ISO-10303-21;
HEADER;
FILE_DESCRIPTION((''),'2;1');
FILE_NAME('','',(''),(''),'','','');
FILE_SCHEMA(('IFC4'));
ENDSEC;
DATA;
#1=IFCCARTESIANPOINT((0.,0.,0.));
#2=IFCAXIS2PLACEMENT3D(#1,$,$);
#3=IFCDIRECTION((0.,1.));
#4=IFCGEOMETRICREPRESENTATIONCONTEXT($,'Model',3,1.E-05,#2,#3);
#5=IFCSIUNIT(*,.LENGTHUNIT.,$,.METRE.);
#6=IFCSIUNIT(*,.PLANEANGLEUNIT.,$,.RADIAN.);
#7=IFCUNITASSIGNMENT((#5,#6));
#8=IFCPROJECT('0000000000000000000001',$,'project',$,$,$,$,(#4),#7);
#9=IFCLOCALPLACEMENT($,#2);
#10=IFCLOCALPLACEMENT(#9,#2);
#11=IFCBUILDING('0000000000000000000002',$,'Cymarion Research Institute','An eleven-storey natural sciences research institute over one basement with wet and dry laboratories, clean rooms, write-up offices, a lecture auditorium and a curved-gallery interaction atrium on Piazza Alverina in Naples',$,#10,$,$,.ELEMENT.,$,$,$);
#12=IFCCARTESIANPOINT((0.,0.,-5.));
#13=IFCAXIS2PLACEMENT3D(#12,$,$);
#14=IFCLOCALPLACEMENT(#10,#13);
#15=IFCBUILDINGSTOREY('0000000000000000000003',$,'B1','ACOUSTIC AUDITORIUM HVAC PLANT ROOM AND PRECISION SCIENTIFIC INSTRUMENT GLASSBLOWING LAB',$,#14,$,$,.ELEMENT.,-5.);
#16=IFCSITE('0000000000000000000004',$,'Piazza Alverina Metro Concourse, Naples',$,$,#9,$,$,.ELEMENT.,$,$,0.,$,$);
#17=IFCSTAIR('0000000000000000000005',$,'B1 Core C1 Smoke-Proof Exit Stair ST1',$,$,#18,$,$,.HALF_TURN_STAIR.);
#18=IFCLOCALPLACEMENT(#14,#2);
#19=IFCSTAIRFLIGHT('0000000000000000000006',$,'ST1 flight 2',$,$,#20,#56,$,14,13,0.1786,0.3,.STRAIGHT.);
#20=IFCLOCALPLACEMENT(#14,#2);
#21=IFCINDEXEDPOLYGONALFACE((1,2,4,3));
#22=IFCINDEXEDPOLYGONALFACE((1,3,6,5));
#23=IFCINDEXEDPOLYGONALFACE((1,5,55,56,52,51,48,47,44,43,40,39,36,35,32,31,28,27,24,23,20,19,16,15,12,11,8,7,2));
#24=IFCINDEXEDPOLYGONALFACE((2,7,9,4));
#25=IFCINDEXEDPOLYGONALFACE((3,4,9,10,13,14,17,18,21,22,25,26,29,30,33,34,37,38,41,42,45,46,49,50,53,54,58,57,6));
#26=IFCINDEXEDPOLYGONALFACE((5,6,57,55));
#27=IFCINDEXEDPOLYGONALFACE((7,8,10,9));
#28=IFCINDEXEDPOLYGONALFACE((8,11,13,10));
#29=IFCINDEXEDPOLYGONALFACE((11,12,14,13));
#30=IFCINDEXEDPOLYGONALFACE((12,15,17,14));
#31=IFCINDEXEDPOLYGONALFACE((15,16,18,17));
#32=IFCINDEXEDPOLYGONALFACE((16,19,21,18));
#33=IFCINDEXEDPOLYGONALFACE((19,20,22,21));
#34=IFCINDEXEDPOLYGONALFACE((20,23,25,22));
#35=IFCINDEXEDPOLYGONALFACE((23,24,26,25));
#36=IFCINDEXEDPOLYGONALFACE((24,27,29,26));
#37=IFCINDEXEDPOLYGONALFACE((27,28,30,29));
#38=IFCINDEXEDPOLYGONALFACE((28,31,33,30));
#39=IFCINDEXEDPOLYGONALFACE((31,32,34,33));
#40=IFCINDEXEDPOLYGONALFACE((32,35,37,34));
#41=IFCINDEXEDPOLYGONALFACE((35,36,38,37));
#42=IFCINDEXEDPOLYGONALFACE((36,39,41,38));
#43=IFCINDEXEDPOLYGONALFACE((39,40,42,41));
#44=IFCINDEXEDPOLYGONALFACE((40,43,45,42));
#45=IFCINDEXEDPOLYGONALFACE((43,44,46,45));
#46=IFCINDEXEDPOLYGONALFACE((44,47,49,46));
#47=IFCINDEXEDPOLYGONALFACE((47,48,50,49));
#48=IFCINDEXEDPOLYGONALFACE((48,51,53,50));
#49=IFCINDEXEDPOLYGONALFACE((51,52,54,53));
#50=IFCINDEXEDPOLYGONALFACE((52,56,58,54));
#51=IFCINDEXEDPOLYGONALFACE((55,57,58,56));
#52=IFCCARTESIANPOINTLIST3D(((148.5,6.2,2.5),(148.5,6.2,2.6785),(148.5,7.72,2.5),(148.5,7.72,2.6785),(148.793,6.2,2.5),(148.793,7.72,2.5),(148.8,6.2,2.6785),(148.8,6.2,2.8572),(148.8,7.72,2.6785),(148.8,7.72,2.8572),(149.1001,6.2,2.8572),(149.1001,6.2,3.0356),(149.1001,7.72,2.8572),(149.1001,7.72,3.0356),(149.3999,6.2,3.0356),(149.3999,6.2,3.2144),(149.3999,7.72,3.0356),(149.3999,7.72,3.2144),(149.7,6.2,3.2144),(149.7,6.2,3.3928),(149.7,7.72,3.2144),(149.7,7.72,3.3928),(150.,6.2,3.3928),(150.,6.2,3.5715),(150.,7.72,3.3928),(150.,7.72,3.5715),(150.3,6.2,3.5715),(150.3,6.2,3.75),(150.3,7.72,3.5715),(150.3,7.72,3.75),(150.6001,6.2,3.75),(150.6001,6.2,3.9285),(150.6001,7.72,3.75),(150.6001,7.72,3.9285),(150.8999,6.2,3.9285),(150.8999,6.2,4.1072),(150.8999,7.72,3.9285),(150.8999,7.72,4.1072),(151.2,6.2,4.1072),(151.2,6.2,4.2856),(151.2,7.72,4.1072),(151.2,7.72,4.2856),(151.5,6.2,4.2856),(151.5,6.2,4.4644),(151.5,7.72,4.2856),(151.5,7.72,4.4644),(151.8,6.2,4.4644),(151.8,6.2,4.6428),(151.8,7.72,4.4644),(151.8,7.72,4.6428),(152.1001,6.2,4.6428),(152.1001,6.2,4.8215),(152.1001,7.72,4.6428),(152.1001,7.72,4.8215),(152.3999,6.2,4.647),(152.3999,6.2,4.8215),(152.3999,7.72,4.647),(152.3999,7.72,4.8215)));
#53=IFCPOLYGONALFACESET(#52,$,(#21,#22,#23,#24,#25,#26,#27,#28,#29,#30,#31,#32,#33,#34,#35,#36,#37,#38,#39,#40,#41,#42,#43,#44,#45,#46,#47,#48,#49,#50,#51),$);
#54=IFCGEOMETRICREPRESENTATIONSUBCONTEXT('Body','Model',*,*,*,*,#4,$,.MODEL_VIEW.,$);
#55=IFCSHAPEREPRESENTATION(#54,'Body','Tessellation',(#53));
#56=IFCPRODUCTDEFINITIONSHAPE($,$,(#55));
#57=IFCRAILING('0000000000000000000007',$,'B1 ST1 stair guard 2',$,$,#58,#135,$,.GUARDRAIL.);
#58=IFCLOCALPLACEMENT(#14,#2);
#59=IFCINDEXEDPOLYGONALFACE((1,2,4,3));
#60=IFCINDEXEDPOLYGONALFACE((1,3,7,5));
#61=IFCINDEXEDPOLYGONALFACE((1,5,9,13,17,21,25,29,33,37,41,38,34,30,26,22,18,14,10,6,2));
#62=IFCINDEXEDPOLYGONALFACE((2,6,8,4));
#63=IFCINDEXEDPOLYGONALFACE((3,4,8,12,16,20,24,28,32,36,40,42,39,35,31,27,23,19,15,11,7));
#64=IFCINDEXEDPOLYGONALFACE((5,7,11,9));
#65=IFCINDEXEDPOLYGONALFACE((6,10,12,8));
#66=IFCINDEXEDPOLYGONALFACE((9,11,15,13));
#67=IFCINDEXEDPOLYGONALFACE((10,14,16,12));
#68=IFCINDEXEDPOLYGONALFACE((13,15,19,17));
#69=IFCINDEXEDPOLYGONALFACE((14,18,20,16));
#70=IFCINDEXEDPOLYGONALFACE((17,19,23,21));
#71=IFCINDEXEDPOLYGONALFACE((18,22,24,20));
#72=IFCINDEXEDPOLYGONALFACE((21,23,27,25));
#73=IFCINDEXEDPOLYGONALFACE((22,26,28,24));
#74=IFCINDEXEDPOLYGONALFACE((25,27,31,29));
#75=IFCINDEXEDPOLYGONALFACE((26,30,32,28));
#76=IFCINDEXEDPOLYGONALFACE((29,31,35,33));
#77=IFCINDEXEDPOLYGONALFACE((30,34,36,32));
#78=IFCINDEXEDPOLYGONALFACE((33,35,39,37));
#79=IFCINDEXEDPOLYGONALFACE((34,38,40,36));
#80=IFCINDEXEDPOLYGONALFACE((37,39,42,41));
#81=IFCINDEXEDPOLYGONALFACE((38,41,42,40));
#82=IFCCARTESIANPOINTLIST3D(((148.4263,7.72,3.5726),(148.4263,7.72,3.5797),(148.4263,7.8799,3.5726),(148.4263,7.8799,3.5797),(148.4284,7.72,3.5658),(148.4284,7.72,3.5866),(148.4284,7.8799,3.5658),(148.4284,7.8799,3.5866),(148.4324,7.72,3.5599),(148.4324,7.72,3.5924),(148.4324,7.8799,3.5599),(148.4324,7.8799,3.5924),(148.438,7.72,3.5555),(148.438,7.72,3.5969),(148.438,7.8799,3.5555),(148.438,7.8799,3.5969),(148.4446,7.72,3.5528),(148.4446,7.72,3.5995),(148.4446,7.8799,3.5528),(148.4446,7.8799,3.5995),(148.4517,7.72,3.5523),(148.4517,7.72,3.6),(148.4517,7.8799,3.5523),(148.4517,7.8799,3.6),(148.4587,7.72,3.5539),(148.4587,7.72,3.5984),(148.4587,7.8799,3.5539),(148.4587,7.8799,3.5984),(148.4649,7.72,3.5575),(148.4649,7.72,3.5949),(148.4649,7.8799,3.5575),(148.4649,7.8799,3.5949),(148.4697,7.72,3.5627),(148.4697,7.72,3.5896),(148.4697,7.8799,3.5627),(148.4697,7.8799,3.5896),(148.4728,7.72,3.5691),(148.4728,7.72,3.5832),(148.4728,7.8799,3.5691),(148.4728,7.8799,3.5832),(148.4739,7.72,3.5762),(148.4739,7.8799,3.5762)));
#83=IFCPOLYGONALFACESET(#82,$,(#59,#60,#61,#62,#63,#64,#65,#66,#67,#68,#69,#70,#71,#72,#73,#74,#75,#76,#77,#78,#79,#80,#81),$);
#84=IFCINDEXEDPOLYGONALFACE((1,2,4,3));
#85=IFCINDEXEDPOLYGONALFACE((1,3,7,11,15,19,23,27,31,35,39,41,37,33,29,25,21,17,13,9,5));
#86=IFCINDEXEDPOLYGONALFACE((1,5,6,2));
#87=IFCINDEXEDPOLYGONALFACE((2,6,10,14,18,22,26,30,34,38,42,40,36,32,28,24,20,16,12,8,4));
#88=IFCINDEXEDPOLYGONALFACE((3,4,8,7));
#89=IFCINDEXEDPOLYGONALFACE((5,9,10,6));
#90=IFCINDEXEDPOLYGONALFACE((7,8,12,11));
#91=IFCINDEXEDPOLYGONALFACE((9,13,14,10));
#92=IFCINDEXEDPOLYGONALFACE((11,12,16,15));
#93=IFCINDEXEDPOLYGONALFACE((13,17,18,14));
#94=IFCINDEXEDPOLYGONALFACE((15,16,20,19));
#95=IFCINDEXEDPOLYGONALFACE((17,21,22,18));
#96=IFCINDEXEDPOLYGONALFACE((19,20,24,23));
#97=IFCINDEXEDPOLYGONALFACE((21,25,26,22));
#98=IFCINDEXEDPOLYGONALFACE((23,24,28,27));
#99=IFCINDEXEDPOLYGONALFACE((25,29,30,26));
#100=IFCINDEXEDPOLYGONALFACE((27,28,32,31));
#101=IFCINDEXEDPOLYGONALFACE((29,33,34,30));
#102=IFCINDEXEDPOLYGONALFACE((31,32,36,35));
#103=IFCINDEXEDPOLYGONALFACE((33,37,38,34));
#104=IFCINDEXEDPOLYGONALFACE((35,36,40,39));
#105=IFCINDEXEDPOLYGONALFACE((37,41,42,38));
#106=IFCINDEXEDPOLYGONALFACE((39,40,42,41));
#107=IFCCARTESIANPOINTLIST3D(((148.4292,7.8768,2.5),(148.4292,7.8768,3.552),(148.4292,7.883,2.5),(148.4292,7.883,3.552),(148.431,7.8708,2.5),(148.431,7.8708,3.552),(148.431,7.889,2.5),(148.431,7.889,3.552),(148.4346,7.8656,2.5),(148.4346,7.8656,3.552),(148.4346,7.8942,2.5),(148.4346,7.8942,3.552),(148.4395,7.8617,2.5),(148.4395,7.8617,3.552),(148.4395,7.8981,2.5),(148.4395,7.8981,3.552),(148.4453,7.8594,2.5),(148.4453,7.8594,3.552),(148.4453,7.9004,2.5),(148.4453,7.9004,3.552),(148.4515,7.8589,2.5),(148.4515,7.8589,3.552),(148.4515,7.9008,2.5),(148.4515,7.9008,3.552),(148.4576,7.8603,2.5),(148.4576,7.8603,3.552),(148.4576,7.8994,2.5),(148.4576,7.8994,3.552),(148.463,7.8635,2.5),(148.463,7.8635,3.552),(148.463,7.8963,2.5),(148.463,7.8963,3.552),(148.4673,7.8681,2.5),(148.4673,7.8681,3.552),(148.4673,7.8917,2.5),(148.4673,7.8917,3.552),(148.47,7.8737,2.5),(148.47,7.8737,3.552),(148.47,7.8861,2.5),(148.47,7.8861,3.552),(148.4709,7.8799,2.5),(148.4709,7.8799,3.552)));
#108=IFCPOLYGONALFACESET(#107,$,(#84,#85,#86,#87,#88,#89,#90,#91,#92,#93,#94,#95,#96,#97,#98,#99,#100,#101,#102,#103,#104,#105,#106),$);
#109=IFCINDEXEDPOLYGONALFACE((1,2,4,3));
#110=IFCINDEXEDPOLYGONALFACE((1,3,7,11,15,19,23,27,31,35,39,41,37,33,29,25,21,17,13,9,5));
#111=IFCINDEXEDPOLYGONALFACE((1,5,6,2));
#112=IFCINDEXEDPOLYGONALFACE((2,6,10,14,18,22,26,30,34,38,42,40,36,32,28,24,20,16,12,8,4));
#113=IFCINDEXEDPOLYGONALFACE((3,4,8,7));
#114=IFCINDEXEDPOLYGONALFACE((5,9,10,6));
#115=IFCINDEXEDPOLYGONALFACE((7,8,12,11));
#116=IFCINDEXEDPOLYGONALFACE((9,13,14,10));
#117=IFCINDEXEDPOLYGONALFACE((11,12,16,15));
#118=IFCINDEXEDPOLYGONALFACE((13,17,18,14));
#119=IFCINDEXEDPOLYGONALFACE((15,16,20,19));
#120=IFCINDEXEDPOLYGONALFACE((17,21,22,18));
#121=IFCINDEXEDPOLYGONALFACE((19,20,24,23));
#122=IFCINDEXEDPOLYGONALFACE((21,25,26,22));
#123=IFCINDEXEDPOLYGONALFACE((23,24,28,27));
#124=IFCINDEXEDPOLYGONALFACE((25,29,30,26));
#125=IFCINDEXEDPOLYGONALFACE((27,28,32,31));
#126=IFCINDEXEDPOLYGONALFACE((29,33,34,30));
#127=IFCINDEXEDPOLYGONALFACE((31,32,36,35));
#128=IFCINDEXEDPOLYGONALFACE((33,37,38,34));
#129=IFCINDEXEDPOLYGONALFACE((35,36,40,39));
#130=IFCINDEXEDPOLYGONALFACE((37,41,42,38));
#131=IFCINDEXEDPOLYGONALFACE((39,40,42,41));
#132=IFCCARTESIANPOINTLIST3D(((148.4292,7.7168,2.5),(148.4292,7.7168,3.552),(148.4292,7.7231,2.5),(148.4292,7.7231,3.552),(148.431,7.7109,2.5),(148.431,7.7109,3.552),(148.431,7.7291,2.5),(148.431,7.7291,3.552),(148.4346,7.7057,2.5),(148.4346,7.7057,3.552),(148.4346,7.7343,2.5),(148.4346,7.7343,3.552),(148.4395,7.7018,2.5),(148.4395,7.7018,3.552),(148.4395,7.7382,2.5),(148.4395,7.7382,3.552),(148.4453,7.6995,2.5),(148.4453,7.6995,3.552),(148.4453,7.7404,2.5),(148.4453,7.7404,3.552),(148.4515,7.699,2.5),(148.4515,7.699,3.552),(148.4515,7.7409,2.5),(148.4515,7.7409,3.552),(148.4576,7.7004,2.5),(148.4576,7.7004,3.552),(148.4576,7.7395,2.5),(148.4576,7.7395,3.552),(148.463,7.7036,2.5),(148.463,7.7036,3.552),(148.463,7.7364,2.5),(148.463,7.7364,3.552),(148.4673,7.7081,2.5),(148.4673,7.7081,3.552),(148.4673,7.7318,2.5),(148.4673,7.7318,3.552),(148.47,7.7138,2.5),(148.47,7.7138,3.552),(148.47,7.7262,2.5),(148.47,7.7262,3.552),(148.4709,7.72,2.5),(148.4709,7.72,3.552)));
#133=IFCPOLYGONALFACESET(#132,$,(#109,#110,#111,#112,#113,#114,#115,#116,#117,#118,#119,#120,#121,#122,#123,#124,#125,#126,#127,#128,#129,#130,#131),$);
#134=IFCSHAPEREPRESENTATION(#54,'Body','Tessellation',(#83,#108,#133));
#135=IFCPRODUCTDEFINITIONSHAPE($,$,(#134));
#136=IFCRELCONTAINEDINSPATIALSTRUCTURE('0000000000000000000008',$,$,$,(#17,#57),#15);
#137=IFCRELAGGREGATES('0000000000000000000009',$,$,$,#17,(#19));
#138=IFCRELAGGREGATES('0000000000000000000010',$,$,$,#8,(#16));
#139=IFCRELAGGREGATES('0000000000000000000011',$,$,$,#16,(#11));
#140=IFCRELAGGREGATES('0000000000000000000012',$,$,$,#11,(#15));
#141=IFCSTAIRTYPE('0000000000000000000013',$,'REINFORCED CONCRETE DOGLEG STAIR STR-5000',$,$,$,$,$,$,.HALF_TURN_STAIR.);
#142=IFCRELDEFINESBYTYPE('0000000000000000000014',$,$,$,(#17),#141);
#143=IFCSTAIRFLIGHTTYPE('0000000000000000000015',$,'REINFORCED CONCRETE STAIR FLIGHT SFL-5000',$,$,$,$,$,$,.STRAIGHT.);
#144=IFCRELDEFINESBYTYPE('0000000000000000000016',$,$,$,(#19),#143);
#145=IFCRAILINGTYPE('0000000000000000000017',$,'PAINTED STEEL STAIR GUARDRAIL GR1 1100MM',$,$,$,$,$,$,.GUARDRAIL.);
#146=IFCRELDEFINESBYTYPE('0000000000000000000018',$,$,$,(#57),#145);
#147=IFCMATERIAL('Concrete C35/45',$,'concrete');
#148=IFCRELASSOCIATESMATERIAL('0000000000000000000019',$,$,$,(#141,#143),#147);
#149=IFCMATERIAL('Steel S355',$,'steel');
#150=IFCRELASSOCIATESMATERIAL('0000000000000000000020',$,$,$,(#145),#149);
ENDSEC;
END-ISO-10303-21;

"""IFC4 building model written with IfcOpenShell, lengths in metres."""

from ifc_helpers import new_model, si_unit, direction, frame, origin, origin_2d, place, context, subcontext, project, spatial, polyline, circle, outline, extrude, material, type_object, element, aggregate, save


model = new_model("IFC4")

# Units and contexts
model_context = context("Model", 3, precision=1e-05, world=origin(), true_north=direction((0.0, 1.0)))
body_context = subcontext(model_context, "Body", "Model", "MODEL_VIEW")
ifc_project = project(units=[si_unit("LENGTHUNIT", "METRE"), si_unit("PLANEANGLEUNIT", "RADIAN")], contexts=[model_context])

# Site, building, storey
site_placement = place(None, origin())
site = spatial("IfcSite", under=ifc_project, at=site_placement, Name="Piazza Alverina Metro Concourse, Naples", CompositionType="ELEMENT", RefElevation=0.0)
building_placement = place(site_placement, origin())
building = spatial("IfcBuilding", under=site, at=building_placement, Name="Cymarion Research Institute", Description="An eleven-storey natural sciences research institute over one basement with wet and dry laboratories, clean rooms, write-up offices, a lecture auditorium and a curved-gallery interaction atrium on Piazza Alverina in Naples", CompositionType="ELEMENT")
storey_placement = place(building_placement, frame((0.0, 0.0, -5.0)))
storey = spatial("IfcBuildingStorey", under=building, at=storey_placement, Name="B1", Description="ACOUSTIC AUDITORIUM HVAC PLANT ROOM AND PRECISION SCIENTIFIC INSTRUMENT GLASSBLOWING LAB", CompositionType="ELEMENT", Elevation=-5.0)

# Shared definitions
ifc_material_1 = material(Name="Concrete C35/45", Category="concrete")

# Shared definitions
ifc_material_2 = material(Name="Steel S355", Category="steel")

# Stair, stair flight
stair_type = type_object("IfcStairType", Name="REINFORCED CONCRETE DOGLEG STAIR STR-5000", PredefinedType="HALF_TURN_STAIR", material=ifc_material_1)
stair_placement = place(storey_placement, origin())
stair = element("IfcStair", 1, at=stair_placement, inside=storey, type_object=stair_type, Name="B1 Core C1 Smoke-Proof Exit Stair ST1", PredefinedType="HALF_TURN_STAIR")
stair_flight_type = type_object("IfcStairFlightType", Name="REINFORCED CONCRETE STAIR FLIGHT SFL-5000", PredefinedType="STRAIGHT", material=ifc_material_1)
stair_flight_placement = place(storey_placement, frame((148.5, 6.96, 2.5), z_axis=(0.0, 0.0, 1.0), x_axis=(1.0, 0.0, 0.0)))
stair_flight = element("IfcStairFlight", 2, at=stair_flight_placement, type_object=stair_flight_type, Name="ST1 flight 2", NumberOfRisers=14, NumberOfTreads=13, PredefinedType="STRAIGHT", RiserHeight=0.1786, TreadLength=0.3, context=body_context, shape_type="SweptSolid", body=[
    extrude(outline(polyline([(0.0, 0.0), (0.0, 0.1785), (0.3, 0.1785), (0.3, 0.3572), (0.6001, 0.3572), (0.6001, 0.5356), (0.8999, 0.5356), (0.8999, 0.7144), (1.2, 0.7144), (1.2, 0.8928), (1.5, 0.8928), (1.5, 1.0715), (1.8, 1.0715), (1.8, 1.25), (2.1001, 1.25), (2.1001, 1.4285), (2.3999, 1.4285), (2.3999, 1.6072), (2.7, 1.6072), (2.7, 1.7856), (3.0, 1.7856), (3.0, 1.9644), (3.3, 1.9644), (3.3, 2.1428), (3.6001, 2.1428), (3.6001, 2.3215), (3.8999, 2.3215), (3.8999, 2.5), (3.8999, 2.147), (0.293, 0.0), (0.0, 0.0)])), frame((0.0, 0.76, 0.0), z_axis=(0.0, -1.0, 0.0), x_axis=(1.0, 0.0, 0.0)), (0.0, 0.0, 1.0), 1.52),
])
aggregate(stair, [stair_flight])

# Railing
railing_type_1 = type_object("IfcRailingType", Name="PAINTED STEEL STAIR GUARDRAIL GR1 1100MM", PredefinedType="GUARDRAIL", material=ifc_material_2)
railing_1_placement = place(storey_placement, frame((148.45, 7.8799, 2.5)))
element("IfcRailing", 3, at=railing_1_placement, inside=storey, type_object=railing_type_1, Name="B1 ST1 stair guard 2", PredefinedType="GUARDRAIL", context=body_context, shape_type="SweptSolid", body=[
    extrude(circle(Radius=0.0239, at=origin_2d()), frame((0.0, 0.0, 1.0762), z_axis=(0.0, -1.0, 0.0), x_axis=(1.0, 0.0, 0.0)), (0.0, 0.0, 1.0), 0.1599),
    extrude(circle(Radius=0.021, at=origin_2d()), origin(), (0.0, 0.0, 1.0), 1.052),
    extrude(circle(Radius=0.021, at=origin_2d()), frame((0.0, -0.1599, 0.0)), (0.0, 0.0, 1.0), 1.052),
])

save(model, "model.ifc")
